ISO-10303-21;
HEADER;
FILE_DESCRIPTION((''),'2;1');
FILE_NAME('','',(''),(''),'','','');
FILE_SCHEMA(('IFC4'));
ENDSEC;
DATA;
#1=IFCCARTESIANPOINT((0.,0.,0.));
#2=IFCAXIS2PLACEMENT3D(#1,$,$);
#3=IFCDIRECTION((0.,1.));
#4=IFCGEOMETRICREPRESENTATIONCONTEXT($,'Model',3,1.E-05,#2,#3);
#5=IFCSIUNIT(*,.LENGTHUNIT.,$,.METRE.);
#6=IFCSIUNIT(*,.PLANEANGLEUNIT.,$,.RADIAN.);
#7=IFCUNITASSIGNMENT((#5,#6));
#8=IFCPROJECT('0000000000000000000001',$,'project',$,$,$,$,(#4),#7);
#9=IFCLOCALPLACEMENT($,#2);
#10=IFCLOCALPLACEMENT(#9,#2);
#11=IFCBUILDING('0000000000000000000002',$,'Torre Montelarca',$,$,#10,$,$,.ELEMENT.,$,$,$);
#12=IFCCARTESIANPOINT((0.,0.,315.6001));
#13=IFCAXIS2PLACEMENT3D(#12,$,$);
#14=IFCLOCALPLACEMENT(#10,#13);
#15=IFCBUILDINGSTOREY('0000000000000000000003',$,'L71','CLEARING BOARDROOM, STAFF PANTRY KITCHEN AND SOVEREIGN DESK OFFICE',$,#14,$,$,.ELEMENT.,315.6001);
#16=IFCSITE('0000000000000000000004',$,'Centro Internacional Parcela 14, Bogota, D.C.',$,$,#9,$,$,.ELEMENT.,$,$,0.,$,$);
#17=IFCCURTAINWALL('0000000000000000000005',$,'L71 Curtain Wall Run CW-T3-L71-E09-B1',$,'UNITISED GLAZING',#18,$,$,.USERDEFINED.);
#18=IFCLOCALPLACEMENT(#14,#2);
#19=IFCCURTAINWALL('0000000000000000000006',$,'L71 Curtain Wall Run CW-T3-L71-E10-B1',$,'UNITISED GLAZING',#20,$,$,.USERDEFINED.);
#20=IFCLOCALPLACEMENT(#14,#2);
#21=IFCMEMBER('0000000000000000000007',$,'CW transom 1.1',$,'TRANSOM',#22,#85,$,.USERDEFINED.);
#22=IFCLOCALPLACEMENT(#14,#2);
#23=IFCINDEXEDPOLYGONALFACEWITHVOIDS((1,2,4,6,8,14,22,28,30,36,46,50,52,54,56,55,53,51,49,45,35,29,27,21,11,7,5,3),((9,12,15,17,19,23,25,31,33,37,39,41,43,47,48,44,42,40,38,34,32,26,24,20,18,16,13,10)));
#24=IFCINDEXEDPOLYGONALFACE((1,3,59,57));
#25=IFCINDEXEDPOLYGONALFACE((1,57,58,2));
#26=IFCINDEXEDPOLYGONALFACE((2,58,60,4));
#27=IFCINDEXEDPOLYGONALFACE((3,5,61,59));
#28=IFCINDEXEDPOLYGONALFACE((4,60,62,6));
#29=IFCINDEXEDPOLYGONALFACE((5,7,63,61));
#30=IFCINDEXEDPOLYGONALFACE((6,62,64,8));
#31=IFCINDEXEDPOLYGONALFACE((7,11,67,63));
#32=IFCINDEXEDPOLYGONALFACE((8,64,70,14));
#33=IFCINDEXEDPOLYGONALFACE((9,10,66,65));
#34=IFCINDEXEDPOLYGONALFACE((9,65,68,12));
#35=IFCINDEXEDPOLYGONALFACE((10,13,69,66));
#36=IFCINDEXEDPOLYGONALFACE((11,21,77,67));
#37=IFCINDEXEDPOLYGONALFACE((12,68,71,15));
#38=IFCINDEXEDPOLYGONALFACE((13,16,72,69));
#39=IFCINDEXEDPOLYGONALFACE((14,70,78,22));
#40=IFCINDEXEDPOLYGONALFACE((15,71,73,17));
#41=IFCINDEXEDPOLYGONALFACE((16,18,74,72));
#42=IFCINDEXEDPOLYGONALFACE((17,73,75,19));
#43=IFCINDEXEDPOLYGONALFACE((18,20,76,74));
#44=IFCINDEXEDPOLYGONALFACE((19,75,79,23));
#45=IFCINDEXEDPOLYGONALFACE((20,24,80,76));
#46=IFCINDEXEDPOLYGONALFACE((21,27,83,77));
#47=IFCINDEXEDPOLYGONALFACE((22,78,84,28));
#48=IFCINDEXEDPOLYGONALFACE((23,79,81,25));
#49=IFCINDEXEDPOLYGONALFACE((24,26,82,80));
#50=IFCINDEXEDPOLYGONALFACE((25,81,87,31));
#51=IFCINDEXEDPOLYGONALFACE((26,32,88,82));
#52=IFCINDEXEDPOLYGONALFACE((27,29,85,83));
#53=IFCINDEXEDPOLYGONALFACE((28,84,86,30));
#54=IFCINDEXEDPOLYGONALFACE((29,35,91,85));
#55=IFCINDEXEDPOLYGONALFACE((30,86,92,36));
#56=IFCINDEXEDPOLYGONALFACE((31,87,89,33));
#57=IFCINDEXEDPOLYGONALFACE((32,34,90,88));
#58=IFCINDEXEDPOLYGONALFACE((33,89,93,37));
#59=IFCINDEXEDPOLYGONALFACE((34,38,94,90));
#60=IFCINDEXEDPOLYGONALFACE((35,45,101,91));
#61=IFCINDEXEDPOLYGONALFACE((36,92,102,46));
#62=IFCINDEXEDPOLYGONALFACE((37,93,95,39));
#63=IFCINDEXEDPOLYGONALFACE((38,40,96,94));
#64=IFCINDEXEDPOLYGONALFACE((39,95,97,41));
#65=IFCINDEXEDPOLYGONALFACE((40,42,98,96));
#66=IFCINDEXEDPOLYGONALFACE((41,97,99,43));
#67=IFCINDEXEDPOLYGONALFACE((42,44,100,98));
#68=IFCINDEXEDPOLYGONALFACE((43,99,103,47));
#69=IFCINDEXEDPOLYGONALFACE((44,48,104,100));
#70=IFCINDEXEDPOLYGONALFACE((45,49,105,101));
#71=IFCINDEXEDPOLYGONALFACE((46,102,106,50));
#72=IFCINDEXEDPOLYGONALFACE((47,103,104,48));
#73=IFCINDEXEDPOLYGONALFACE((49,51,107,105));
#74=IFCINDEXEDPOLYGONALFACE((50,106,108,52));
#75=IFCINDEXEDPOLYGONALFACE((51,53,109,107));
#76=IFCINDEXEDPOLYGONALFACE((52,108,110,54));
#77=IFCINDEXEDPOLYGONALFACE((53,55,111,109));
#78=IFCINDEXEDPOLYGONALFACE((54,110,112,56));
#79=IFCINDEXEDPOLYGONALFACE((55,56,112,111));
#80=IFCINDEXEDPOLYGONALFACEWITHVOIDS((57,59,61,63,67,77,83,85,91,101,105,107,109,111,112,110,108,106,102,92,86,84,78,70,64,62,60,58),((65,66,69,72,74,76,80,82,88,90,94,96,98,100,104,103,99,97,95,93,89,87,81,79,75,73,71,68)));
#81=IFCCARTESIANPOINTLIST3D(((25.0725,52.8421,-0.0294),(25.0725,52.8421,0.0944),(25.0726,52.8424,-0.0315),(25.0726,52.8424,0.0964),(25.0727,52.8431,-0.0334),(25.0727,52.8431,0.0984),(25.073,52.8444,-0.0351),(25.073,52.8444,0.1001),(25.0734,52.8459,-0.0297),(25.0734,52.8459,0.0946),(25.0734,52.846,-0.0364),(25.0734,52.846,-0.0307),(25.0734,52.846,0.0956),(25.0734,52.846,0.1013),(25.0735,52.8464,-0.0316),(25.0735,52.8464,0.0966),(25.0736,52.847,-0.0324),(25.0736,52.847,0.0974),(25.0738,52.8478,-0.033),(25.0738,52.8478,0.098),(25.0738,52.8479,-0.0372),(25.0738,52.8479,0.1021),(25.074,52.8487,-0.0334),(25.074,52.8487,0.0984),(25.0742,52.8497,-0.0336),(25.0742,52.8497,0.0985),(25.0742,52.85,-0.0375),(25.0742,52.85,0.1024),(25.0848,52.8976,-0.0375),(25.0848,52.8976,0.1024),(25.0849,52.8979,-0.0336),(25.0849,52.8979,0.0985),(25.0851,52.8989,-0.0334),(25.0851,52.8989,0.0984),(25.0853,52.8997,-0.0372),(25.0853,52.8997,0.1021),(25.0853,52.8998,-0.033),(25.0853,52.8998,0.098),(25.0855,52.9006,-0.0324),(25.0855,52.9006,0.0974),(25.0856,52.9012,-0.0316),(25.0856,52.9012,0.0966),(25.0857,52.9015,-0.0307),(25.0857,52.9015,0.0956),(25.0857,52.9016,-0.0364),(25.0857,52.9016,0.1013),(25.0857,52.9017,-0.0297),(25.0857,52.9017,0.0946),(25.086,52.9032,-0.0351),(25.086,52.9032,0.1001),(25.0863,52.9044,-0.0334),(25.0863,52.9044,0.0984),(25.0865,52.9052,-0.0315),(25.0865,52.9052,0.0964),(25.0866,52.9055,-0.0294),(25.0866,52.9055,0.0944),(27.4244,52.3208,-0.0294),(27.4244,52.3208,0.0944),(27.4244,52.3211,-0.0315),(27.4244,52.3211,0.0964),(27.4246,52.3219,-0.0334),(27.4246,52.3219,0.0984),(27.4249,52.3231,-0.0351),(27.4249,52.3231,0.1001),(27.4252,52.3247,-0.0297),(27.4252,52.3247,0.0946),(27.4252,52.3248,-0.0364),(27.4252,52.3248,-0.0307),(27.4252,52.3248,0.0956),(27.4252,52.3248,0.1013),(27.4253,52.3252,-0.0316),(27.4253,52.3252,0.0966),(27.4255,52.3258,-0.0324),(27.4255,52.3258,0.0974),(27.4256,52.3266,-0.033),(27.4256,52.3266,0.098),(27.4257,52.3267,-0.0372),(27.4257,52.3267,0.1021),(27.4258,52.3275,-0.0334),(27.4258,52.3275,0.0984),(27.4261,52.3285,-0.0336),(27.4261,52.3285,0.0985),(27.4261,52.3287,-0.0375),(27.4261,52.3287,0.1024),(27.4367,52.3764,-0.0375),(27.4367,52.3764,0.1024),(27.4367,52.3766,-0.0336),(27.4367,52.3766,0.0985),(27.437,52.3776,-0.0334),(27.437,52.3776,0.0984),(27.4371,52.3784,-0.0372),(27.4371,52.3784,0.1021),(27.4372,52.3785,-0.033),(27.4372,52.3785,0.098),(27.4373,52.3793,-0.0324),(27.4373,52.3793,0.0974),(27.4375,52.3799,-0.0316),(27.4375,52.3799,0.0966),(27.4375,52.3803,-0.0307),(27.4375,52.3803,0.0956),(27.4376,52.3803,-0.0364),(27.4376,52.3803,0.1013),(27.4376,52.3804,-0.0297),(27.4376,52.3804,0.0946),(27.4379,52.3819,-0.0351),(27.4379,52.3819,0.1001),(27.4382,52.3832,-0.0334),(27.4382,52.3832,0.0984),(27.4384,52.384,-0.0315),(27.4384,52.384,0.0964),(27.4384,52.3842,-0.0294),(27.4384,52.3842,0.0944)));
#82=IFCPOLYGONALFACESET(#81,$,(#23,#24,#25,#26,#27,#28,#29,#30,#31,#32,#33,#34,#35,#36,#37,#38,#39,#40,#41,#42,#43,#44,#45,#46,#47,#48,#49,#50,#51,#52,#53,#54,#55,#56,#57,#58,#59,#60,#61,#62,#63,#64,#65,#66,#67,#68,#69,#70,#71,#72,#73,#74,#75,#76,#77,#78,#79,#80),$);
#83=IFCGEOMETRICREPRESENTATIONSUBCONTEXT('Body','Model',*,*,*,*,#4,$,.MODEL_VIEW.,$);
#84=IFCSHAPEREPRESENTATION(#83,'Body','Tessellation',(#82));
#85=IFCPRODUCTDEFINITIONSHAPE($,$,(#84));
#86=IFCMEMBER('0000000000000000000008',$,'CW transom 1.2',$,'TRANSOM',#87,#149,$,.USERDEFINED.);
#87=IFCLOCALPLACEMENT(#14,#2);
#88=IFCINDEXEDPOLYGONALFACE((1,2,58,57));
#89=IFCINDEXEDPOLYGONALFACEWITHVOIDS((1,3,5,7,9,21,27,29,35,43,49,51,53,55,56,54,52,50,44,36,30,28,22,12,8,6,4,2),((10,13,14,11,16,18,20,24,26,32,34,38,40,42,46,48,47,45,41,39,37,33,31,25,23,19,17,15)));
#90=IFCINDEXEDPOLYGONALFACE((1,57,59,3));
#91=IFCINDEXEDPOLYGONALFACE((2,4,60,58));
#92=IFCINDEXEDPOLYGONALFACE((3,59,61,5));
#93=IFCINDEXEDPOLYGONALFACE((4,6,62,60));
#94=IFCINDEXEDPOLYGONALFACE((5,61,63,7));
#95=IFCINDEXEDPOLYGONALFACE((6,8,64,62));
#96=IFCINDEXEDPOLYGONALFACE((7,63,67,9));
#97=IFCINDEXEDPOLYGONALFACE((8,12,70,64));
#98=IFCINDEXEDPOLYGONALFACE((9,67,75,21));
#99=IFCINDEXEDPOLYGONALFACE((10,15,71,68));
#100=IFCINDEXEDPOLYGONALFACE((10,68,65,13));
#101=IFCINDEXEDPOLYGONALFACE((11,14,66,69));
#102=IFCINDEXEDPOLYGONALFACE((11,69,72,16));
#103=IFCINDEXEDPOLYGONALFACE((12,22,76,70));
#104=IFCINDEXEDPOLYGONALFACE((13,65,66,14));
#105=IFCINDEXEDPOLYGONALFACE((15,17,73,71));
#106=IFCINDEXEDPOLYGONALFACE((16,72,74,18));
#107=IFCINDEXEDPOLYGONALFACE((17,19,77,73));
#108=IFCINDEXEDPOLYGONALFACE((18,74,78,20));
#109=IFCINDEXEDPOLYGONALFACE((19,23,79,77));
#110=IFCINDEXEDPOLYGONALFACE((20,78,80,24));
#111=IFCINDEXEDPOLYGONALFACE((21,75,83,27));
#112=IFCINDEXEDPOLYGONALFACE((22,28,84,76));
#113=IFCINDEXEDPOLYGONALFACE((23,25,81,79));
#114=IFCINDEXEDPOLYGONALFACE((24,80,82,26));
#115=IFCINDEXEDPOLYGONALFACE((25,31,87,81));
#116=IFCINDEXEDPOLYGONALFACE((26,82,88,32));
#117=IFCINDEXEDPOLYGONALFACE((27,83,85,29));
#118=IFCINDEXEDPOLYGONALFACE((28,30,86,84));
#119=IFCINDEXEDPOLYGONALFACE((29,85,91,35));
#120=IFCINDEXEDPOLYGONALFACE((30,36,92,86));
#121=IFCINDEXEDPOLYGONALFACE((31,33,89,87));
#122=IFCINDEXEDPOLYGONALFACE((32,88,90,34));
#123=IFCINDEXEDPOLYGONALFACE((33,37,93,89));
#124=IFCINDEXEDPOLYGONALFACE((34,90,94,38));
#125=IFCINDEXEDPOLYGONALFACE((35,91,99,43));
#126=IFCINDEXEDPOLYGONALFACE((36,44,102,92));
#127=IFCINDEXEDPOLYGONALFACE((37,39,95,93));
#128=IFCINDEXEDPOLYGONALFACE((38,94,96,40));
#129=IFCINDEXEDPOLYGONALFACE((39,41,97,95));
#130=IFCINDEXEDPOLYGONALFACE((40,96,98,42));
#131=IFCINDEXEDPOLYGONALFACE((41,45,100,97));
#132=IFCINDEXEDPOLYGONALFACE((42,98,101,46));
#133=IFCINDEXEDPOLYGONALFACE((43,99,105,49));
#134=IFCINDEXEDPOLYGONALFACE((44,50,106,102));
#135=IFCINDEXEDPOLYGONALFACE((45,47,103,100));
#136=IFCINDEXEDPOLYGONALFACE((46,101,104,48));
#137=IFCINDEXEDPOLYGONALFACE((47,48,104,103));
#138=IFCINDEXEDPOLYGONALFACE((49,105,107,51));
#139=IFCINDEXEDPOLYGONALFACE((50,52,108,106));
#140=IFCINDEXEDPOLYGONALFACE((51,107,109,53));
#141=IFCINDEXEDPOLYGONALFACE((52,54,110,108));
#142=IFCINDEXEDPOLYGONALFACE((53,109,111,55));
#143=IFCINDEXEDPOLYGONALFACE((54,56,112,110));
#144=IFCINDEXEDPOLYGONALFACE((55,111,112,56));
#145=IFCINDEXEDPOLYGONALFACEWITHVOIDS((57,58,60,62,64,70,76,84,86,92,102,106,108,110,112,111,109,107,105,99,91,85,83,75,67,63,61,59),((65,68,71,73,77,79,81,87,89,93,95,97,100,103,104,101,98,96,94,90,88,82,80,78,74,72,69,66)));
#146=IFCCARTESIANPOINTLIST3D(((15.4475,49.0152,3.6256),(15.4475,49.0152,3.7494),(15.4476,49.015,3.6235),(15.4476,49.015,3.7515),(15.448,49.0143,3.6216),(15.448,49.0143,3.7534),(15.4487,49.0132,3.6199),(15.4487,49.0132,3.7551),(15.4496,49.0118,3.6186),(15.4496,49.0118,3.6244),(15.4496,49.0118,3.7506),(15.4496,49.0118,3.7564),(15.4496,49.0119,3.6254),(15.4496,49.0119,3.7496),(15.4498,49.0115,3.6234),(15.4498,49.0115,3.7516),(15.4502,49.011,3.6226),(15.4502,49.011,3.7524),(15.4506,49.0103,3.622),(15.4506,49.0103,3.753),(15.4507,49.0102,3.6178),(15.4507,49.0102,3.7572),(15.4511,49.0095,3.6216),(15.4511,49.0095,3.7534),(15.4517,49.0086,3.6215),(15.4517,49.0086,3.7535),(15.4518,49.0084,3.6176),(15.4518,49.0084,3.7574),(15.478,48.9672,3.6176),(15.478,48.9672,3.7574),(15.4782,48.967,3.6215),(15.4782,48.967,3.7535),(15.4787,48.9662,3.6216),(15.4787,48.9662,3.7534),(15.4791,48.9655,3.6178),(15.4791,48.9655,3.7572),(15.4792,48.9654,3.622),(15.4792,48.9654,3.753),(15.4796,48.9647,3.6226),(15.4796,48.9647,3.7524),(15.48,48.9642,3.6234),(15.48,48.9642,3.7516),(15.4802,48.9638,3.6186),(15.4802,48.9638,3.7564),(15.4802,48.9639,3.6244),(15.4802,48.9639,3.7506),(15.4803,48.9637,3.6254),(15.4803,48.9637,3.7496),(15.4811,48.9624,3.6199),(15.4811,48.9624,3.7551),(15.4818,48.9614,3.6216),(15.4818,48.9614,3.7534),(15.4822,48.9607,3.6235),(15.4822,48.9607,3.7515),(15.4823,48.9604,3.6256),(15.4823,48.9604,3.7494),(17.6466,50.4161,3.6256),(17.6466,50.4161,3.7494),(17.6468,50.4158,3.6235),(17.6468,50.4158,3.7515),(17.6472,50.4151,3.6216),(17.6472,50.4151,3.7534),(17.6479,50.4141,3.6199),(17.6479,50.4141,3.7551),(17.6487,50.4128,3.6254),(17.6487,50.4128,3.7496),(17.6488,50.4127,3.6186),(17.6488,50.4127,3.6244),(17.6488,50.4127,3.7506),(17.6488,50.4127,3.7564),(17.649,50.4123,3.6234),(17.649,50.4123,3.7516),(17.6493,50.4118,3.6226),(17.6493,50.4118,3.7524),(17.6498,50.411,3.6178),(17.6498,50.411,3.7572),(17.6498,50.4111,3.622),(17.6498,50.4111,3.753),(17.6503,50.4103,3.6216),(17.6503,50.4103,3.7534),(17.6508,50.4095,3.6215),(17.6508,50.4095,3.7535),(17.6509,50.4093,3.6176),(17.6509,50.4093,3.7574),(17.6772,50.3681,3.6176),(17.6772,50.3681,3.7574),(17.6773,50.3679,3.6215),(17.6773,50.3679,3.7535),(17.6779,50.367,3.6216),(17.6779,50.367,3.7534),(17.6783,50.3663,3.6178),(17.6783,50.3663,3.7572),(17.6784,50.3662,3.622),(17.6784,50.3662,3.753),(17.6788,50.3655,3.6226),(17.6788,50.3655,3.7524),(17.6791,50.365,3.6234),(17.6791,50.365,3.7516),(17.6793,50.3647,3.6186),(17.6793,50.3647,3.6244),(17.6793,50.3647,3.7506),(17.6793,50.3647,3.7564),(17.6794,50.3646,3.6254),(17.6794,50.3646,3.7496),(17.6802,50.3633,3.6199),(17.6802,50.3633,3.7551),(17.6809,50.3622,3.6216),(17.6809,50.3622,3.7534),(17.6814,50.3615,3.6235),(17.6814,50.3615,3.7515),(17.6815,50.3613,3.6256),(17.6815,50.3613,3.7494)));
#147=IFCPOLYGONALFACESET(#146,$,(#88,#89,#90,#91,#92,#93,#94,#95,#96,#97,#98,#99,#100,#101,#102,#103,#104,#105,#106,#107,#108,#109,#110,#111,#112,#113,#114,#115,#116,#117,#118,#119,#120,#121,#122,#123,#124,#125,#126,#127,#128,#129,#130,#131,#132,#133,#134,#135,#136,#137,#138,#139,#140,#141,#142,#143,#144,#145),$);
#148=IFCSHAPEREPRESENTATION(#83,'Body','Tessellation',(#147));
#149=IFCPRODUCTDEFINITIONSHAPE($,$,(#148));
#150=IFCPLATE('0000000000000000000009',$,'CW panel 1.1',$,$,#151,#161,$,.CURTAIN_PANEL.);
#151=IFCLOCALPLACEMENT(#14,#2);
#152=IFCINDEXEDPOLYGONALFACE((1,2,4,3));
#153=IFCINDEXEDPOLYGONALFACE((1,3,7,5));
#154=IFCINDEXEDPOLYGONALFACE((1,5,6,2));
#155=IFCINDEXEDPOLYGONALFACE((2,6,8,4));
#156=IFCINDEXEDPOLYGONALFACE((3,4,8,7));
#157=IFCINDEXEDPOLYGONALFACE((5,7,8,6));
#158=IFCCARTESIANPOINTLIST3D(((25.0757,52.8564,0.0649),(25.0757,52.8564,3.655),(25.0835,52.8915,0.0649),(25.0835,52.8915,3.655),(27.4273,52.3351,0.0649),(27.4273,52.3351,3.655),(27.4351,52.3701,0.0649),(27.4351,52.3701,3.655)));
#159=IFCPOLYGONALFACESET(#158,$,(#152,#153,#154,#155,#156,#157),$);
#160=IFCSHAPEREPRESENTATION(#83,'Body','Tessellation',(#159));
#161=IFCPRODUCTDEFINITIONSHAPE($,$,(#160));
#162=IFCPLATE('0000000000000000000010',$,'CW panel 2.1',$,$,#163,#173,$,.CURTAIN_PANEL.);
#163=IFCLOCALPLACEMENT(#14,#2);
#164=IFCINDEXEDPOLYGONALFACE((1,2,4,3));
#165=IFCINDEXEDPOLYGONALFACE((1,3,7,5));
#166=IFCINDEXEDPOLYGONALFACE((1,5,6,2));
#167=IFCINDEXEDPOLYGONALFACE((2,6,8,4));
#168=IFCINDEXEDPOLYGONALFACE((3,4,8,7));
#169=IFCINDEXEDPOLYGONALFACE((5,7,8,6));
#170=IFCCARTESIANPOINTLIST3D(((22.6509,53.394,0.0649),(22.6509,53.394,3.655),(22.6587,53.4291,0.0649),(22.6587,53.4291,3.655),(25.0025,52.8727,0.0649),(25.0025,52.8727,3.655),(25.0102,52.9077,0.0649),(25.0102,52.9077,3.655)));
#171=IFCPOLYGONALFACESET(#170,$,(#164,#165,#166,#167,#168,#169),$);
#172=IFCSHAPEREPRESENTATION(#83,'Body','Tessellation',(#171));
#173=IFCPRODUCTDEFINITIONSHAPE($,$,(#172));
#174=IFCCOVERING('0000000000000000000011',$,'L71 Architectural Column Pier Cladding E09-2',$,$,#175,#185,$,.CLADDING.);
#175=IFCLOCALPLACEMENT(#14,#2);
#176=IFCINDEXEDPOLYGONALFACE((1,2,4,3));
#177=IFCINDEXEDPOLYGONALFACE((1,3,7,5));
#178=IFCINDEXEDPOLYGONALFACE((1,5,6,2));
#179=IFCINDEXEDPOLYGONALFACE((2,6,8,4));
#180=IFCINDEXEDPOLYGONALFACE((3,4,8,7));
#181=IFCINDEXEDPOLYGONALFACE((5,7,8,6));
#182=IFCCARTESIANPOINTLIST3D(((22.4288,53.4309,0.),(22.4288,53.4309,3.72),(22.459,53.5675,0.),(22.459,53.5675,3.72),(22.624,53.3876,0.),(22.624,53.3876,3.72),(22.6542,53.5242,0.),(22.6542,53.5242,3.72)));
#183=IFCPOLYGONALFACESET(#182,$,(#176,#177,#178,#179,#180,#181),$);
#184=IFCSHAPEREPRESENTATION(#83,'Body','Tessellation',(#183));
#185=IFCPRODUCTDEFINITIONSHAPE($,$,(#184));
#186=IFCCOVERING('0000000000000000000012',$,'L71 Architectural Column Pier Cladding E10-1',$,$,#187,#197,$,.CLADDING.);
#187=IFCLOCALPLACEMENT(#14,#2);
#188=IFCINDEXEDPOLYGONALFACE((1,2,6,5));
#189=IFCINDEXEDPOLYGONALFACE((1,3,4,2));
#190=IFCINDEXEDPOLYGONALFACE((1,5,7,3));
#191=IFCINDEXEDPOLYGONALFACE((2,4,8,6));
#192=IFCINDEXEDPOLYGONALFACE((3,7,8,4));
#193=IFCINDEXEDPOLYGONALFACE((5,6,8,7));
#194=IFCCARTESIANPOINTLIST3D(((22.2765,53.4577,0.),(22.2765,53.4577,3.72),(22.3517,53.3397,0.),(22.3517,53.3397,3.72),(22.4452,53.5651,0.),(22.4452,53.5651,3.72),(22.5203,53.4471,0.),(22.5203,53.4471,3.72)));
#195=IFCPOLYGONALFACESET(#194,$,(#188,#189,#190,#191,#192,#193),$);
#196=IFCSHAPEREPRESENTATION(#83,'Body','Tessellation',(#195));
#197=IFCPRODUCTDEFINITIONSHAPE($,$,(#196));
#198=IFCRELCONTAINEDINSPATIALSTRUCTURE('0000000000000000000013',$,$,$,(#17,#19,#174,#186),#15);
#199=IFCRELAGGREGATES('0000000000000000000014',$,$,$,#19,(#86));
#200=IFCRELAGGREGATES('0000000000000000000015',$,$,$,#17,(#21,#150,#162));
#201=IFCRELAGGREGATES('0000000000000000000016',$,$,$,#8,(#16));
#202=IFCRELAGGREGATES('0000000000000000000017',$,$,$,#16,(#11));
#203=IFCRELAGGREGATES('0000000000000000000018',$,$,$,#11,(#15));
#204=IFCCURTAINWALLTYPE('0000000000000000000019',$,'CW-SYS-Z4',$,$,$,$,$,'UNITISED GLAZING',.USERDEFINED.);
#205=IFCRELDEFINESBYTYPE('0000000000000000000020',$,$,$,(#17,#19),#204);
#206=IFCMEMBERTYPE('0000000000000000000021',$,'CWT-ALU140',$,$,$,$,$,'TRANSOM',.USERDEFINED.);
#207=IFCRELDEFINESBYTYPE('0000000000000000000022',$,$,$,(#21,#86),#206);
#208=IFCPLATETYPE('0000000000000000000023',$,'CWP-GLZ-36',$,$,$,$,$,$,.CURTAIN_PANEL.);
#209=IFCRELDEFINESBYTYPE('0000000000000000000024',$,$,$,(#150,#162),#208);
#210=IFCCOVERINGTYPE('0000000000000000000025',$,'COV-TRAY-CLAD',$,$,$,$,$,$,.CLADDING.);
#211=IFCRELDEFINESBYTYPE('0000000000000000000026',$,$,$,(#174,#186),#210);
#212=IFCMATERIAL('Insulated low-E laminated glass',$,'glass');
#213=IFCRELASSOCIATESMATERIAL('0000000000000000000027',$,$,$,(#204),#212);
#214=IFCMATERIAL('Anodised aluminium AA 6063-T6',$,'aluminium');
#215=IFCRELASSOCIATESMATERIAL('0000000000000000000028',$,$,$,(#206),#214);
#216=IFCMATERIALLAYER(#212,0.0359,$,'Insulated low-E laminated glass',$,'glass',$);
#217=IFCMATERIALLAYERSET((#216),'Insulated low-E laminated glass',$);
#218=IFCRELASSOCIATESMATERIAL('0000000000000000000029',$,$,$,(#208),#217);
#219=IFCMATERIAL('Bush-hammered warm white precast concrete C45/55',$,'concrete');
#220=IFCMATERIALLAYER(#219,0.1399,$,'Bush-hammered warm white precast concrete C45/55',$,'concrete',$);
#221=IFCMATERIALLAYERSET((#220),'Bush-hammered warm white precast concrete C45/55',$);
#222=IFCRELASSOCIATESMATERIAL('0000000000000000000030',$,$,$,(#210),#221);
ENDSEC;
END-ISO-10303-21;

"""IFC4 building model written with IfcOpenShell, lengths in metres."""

from ifc_helpers import new_model, si_unit, direction, frame, origin, origin_2d, place, context, subcontext, project, spatial, rectangle, hollow_rectangle, extrude, source, transform, mapped, material, layer, layer_set, material_profile, profile_set, type_object, element, aggregate, save


model = new_model("IFC4")

# Units and contexts
model_context = context("Model", 3, precision=1e-05, world=origin(), true_north=direction((0.0, 1.0)))
body_context = subcontext(model_context, "Body", "Model", "MODEL_VIEW")
ifc_project = project(units=[si_unit("LENGTHUNIT", "METRE"), si_unit("PLANEANGLEUNIT", "RADIAN")], contexts=[model_context])

# Site, building, storey
site_placement = place(None, origin())
site = spatial("IfcSite", under=ifc_project, at=site_placement, Name="Centro Internacional Parcela 14, Bogota, D.C.", CompositionType="ELEMENT", RefElevation=0.0)
building_placement = place(site_placement, origin())
building = spatial("IfcBuilding", under=site, at=building_placement, Name="Torre Montelarca", CompositionType="ELEMENT")
storey_placement = place(building_placement, frame((0.0, 0.0, 315.6001)))
storey = spatial("IfcBuildingStorey", under=building, at=storey_placement, Name="L71", Description="CLEARING BOARDROOM, STAFF PANTRY KITCHEN AND SOVEREIGN DESK OFFICE", CompositionType="ELEMENT", Elevation=315.6001)

# Curtain wall
ifc_material_1 = material(Name="Insulated low-E laminated glass", Category="glass")
curtain_wall_type = type_object("IfcCurtainWallType", Name="CW-SYS-Z4", ElementType="UNITISED GLAZING", PredefinedType="USERDEFINED", material=ifc_material_1)
curtain_wall_1_placement = place(storey_placement, origin())
curtain_wall_1 = element("IfcCurtainWall", 1, at=curtain_wall_1_placement, inside=storey, type_object=curtain_wall_type, Name="L71 Curtain Wall Run CW-T3-L71-E09-B1", ObjectType="UNITISED GLAZING", PredefinedType="USERDEFINED")
ifc_material_2 = material(Name="Anodised aluminium AA 6063-T6", Category="aluminium")

# Curtain wall
curtain_wall_2_placement = place(storey_placement, origin())
curtain_wall_2 = element("IfcCurtainWall", 2, at=curtain_wall_2_placement, inside=storey, type_object=curtain_wall_type, Name="L71 Curtain Wall Run CW-T3-L71-E10-B1", ObjectType="UNITISED GLAZING", PredefinedType="USERDEFINED")

# Members
ifc_material_profile_1 = material_profile(ifc_material_2, hollow_rectangle(XDim=0.0649, YDim=0.1399, WallThickness=0.0039, InnerFilletRadius=0.0039, OuterFilletRadius=0.0081, at=origin_2d()), Name="ALU65X140X4", Category="aluminium")
ifc_profile_set_1 = profile_set([ifc_material_profile_1], Name="Anodised aluminium AA 6063-T6")
member_type_1 = type_object("IfcMemberType", Name="CWT-ALU140", ElementType="TRANSOM", PredefinedType="USERDEFINED", material=ifc_profile_set_1)
shared_shape_1 = source(origin(), body_context, "Body", "SweptSolid", [
    extrude(hollow_rectangle(XDim=0.0649, YDim=0.1399, WallThickness=0.0039, InnerFilletRadius=0.0039, OuterFilletRadius=0.0081, at=origin_2d()), origin(), (0.0, 0.0, 1.0), 2.4089),
])
member_1_placement = place(storey_placement, frame((27.4314, 52.3525, 0.0325), z_axis=(-0.976309, 0.216383, 0.0), x_axis=(-0.216383, -0.976309, 0.0)))
member_1 = element("IfcMember", 3, at=member_1_placement, type_object=member_type_1, Name="CW transom 1.1", ObjectType="TRANSOM", PredefinedType="USERDEFINED", context=body_context, shape_type="MappedRepresentation", body=[
    mapped(shared_shape_1, transform((0.0, 0.0, 0.0), scale=1.0)),
])
shared_shape_2 = source(origin(), body_context, "Body", "SweptSolid", [
    extrude(hollow_rectangle(XDim=0.0649, YDim=0.1399, WallThickness=0.0039, InnerFilletRadius=0.0039, OuterFilletRadius=0.0081, at=origin_2d()), origin(), (0.0, 0.0, 1.0), 2.6074),
])
member_2_placement = place(storey_placement, frame((17.6641, 50.3887, 3.6875), z_axis=(-0.843422, -0.537251, 0.0), x_axis=(0.537251, -0.843422, 0.0)))
member_2 = element("IfcMember", 4, at=member_2_placement, type_object=member_type_1, Name="CW transom 1.2", ObjectType="TRANSOM", PredefinedType="USERDEFINED", context=body_context, shape_type="MappedRepresentation", body=[
    mapped(shared_shape_2, transform((0.0, 0.0, 0.0), scale=1.0)),
])
aggregate(curtain_wall_2, [member_2])

# Plates
ifc_layer_1 = layer(ifc_material_1, 0.0359, Name="Insulated low-E laminated glass", Category="glass")
ifc_layer_set_1 = layer_set([ifc_layer_1], Name="Insulated low-E laminated glass")
plate_type = type_object("IfcPlateType", Name="CWP-GLZ-36", PredefinedType="CURTAIN_PANEL", material=ifc_layer_set_1)
shared_shape_3 = source(origin(), body_context, "Body", "SweptSolid", [
    extrude(rectangle(XDim=2.4087, YDim=0.0359, at=origin_2d()), origin(), (0.0, 0.0, 1.0), 3.5901),
])
plate_1_placement = place(storey_placement, frame((26.2554, 52.6133, 0.0649), z_axis=(0.0, 0.0, 1.0), x_axis=(-0.976295, 0.216443, 0.0)))
plate_1 = element("IfcPlate", 5, at=plate_1_placement, type_object=plate_type, Name="CW panel 1.1", PredefinedType="CURTAIN_PANEL", context=body_context, shape_type="MappedRepresentation", body=[
    mapped(shared_shape_3, transform((0.0, 0.0, 0.0), scale=1.0)),
])
plate_2_placement = place(storey_placement, frame((23.8306, 53.1509, 0.0649), z_axis=(0.0, 0.0, 1.0), x_axis=(-0.976295, 0.216443, 0.0)))
plate_2 = element("IfcPlate", 6, at=plate_2_placement, type_object=plate_type, Name="CW panel 2.1", PredefinedType="CURTAIN_PANEL", context=body_context, shape_type="MappedRepresentation", body=[
    mapped(shared_shape_3, transform((0.0, 0.0, 0.0), scale=1.0)),
])
aggregate(curtain_wall_1, [member_1, plate_1, plate_2])

# Coverings
ifc_material_3 = material(Name="Bush-hammered warm white precast concrete C45/55", Category="concrete")
ifc_layer_2 = layer(ifc_material_3, 0.1399, Name="Bush-hammered warm white precast concrete C45/55", Category="concrete")
ifc_layer_set_2 = layer_set([ifc_layer_2], Name="Bush-hammered warm white precast concrete C45/55")
covering_type = type_object("IfcCoveringType", Name="COV-TRAY-CLAD", PredefinedType="CLADDING", material=ifc_layer_set_2)
shared_shape_4 = source(origin(), body_context, "Body", "SweptSolid", [
    extrude(rectangle(XDim=0.2, YDim=0.1399, at=origin_2d()), origin(), (0.0, 0.0, 1.0), 3.72),
])
for number, where, z_axis, x_axis, name in (
    (7, (22.5415, 53.4775, 0.0), (0.0, 0.0, 1.0), (-0.976298, 0.216429, 0.0), "L71 Architectural Column Pier Cladding E09-2"),
    (8, (22.3984, 53.4524, 0.0), (0.0, 0.0, 1.0), (-0.843391, -0.537301, 0.0), "L71 Architectural Column Pier Cladding E10-1"),
):
    element("IfcCovering", number, at=place(storey_placement, frame(where, z_axis=z_axis, x_axis=x_axis)), inside=storey, type_object=covering_type, Name=name, PredefinedType="CLADDING", context=body_context, shape_type="MappedRepresentation", body=[
        mapped(shared_shape_4, transform((0.0, 0.0, 0.0), scale=1.0)),
    ])

save(model, "model.ifc")
